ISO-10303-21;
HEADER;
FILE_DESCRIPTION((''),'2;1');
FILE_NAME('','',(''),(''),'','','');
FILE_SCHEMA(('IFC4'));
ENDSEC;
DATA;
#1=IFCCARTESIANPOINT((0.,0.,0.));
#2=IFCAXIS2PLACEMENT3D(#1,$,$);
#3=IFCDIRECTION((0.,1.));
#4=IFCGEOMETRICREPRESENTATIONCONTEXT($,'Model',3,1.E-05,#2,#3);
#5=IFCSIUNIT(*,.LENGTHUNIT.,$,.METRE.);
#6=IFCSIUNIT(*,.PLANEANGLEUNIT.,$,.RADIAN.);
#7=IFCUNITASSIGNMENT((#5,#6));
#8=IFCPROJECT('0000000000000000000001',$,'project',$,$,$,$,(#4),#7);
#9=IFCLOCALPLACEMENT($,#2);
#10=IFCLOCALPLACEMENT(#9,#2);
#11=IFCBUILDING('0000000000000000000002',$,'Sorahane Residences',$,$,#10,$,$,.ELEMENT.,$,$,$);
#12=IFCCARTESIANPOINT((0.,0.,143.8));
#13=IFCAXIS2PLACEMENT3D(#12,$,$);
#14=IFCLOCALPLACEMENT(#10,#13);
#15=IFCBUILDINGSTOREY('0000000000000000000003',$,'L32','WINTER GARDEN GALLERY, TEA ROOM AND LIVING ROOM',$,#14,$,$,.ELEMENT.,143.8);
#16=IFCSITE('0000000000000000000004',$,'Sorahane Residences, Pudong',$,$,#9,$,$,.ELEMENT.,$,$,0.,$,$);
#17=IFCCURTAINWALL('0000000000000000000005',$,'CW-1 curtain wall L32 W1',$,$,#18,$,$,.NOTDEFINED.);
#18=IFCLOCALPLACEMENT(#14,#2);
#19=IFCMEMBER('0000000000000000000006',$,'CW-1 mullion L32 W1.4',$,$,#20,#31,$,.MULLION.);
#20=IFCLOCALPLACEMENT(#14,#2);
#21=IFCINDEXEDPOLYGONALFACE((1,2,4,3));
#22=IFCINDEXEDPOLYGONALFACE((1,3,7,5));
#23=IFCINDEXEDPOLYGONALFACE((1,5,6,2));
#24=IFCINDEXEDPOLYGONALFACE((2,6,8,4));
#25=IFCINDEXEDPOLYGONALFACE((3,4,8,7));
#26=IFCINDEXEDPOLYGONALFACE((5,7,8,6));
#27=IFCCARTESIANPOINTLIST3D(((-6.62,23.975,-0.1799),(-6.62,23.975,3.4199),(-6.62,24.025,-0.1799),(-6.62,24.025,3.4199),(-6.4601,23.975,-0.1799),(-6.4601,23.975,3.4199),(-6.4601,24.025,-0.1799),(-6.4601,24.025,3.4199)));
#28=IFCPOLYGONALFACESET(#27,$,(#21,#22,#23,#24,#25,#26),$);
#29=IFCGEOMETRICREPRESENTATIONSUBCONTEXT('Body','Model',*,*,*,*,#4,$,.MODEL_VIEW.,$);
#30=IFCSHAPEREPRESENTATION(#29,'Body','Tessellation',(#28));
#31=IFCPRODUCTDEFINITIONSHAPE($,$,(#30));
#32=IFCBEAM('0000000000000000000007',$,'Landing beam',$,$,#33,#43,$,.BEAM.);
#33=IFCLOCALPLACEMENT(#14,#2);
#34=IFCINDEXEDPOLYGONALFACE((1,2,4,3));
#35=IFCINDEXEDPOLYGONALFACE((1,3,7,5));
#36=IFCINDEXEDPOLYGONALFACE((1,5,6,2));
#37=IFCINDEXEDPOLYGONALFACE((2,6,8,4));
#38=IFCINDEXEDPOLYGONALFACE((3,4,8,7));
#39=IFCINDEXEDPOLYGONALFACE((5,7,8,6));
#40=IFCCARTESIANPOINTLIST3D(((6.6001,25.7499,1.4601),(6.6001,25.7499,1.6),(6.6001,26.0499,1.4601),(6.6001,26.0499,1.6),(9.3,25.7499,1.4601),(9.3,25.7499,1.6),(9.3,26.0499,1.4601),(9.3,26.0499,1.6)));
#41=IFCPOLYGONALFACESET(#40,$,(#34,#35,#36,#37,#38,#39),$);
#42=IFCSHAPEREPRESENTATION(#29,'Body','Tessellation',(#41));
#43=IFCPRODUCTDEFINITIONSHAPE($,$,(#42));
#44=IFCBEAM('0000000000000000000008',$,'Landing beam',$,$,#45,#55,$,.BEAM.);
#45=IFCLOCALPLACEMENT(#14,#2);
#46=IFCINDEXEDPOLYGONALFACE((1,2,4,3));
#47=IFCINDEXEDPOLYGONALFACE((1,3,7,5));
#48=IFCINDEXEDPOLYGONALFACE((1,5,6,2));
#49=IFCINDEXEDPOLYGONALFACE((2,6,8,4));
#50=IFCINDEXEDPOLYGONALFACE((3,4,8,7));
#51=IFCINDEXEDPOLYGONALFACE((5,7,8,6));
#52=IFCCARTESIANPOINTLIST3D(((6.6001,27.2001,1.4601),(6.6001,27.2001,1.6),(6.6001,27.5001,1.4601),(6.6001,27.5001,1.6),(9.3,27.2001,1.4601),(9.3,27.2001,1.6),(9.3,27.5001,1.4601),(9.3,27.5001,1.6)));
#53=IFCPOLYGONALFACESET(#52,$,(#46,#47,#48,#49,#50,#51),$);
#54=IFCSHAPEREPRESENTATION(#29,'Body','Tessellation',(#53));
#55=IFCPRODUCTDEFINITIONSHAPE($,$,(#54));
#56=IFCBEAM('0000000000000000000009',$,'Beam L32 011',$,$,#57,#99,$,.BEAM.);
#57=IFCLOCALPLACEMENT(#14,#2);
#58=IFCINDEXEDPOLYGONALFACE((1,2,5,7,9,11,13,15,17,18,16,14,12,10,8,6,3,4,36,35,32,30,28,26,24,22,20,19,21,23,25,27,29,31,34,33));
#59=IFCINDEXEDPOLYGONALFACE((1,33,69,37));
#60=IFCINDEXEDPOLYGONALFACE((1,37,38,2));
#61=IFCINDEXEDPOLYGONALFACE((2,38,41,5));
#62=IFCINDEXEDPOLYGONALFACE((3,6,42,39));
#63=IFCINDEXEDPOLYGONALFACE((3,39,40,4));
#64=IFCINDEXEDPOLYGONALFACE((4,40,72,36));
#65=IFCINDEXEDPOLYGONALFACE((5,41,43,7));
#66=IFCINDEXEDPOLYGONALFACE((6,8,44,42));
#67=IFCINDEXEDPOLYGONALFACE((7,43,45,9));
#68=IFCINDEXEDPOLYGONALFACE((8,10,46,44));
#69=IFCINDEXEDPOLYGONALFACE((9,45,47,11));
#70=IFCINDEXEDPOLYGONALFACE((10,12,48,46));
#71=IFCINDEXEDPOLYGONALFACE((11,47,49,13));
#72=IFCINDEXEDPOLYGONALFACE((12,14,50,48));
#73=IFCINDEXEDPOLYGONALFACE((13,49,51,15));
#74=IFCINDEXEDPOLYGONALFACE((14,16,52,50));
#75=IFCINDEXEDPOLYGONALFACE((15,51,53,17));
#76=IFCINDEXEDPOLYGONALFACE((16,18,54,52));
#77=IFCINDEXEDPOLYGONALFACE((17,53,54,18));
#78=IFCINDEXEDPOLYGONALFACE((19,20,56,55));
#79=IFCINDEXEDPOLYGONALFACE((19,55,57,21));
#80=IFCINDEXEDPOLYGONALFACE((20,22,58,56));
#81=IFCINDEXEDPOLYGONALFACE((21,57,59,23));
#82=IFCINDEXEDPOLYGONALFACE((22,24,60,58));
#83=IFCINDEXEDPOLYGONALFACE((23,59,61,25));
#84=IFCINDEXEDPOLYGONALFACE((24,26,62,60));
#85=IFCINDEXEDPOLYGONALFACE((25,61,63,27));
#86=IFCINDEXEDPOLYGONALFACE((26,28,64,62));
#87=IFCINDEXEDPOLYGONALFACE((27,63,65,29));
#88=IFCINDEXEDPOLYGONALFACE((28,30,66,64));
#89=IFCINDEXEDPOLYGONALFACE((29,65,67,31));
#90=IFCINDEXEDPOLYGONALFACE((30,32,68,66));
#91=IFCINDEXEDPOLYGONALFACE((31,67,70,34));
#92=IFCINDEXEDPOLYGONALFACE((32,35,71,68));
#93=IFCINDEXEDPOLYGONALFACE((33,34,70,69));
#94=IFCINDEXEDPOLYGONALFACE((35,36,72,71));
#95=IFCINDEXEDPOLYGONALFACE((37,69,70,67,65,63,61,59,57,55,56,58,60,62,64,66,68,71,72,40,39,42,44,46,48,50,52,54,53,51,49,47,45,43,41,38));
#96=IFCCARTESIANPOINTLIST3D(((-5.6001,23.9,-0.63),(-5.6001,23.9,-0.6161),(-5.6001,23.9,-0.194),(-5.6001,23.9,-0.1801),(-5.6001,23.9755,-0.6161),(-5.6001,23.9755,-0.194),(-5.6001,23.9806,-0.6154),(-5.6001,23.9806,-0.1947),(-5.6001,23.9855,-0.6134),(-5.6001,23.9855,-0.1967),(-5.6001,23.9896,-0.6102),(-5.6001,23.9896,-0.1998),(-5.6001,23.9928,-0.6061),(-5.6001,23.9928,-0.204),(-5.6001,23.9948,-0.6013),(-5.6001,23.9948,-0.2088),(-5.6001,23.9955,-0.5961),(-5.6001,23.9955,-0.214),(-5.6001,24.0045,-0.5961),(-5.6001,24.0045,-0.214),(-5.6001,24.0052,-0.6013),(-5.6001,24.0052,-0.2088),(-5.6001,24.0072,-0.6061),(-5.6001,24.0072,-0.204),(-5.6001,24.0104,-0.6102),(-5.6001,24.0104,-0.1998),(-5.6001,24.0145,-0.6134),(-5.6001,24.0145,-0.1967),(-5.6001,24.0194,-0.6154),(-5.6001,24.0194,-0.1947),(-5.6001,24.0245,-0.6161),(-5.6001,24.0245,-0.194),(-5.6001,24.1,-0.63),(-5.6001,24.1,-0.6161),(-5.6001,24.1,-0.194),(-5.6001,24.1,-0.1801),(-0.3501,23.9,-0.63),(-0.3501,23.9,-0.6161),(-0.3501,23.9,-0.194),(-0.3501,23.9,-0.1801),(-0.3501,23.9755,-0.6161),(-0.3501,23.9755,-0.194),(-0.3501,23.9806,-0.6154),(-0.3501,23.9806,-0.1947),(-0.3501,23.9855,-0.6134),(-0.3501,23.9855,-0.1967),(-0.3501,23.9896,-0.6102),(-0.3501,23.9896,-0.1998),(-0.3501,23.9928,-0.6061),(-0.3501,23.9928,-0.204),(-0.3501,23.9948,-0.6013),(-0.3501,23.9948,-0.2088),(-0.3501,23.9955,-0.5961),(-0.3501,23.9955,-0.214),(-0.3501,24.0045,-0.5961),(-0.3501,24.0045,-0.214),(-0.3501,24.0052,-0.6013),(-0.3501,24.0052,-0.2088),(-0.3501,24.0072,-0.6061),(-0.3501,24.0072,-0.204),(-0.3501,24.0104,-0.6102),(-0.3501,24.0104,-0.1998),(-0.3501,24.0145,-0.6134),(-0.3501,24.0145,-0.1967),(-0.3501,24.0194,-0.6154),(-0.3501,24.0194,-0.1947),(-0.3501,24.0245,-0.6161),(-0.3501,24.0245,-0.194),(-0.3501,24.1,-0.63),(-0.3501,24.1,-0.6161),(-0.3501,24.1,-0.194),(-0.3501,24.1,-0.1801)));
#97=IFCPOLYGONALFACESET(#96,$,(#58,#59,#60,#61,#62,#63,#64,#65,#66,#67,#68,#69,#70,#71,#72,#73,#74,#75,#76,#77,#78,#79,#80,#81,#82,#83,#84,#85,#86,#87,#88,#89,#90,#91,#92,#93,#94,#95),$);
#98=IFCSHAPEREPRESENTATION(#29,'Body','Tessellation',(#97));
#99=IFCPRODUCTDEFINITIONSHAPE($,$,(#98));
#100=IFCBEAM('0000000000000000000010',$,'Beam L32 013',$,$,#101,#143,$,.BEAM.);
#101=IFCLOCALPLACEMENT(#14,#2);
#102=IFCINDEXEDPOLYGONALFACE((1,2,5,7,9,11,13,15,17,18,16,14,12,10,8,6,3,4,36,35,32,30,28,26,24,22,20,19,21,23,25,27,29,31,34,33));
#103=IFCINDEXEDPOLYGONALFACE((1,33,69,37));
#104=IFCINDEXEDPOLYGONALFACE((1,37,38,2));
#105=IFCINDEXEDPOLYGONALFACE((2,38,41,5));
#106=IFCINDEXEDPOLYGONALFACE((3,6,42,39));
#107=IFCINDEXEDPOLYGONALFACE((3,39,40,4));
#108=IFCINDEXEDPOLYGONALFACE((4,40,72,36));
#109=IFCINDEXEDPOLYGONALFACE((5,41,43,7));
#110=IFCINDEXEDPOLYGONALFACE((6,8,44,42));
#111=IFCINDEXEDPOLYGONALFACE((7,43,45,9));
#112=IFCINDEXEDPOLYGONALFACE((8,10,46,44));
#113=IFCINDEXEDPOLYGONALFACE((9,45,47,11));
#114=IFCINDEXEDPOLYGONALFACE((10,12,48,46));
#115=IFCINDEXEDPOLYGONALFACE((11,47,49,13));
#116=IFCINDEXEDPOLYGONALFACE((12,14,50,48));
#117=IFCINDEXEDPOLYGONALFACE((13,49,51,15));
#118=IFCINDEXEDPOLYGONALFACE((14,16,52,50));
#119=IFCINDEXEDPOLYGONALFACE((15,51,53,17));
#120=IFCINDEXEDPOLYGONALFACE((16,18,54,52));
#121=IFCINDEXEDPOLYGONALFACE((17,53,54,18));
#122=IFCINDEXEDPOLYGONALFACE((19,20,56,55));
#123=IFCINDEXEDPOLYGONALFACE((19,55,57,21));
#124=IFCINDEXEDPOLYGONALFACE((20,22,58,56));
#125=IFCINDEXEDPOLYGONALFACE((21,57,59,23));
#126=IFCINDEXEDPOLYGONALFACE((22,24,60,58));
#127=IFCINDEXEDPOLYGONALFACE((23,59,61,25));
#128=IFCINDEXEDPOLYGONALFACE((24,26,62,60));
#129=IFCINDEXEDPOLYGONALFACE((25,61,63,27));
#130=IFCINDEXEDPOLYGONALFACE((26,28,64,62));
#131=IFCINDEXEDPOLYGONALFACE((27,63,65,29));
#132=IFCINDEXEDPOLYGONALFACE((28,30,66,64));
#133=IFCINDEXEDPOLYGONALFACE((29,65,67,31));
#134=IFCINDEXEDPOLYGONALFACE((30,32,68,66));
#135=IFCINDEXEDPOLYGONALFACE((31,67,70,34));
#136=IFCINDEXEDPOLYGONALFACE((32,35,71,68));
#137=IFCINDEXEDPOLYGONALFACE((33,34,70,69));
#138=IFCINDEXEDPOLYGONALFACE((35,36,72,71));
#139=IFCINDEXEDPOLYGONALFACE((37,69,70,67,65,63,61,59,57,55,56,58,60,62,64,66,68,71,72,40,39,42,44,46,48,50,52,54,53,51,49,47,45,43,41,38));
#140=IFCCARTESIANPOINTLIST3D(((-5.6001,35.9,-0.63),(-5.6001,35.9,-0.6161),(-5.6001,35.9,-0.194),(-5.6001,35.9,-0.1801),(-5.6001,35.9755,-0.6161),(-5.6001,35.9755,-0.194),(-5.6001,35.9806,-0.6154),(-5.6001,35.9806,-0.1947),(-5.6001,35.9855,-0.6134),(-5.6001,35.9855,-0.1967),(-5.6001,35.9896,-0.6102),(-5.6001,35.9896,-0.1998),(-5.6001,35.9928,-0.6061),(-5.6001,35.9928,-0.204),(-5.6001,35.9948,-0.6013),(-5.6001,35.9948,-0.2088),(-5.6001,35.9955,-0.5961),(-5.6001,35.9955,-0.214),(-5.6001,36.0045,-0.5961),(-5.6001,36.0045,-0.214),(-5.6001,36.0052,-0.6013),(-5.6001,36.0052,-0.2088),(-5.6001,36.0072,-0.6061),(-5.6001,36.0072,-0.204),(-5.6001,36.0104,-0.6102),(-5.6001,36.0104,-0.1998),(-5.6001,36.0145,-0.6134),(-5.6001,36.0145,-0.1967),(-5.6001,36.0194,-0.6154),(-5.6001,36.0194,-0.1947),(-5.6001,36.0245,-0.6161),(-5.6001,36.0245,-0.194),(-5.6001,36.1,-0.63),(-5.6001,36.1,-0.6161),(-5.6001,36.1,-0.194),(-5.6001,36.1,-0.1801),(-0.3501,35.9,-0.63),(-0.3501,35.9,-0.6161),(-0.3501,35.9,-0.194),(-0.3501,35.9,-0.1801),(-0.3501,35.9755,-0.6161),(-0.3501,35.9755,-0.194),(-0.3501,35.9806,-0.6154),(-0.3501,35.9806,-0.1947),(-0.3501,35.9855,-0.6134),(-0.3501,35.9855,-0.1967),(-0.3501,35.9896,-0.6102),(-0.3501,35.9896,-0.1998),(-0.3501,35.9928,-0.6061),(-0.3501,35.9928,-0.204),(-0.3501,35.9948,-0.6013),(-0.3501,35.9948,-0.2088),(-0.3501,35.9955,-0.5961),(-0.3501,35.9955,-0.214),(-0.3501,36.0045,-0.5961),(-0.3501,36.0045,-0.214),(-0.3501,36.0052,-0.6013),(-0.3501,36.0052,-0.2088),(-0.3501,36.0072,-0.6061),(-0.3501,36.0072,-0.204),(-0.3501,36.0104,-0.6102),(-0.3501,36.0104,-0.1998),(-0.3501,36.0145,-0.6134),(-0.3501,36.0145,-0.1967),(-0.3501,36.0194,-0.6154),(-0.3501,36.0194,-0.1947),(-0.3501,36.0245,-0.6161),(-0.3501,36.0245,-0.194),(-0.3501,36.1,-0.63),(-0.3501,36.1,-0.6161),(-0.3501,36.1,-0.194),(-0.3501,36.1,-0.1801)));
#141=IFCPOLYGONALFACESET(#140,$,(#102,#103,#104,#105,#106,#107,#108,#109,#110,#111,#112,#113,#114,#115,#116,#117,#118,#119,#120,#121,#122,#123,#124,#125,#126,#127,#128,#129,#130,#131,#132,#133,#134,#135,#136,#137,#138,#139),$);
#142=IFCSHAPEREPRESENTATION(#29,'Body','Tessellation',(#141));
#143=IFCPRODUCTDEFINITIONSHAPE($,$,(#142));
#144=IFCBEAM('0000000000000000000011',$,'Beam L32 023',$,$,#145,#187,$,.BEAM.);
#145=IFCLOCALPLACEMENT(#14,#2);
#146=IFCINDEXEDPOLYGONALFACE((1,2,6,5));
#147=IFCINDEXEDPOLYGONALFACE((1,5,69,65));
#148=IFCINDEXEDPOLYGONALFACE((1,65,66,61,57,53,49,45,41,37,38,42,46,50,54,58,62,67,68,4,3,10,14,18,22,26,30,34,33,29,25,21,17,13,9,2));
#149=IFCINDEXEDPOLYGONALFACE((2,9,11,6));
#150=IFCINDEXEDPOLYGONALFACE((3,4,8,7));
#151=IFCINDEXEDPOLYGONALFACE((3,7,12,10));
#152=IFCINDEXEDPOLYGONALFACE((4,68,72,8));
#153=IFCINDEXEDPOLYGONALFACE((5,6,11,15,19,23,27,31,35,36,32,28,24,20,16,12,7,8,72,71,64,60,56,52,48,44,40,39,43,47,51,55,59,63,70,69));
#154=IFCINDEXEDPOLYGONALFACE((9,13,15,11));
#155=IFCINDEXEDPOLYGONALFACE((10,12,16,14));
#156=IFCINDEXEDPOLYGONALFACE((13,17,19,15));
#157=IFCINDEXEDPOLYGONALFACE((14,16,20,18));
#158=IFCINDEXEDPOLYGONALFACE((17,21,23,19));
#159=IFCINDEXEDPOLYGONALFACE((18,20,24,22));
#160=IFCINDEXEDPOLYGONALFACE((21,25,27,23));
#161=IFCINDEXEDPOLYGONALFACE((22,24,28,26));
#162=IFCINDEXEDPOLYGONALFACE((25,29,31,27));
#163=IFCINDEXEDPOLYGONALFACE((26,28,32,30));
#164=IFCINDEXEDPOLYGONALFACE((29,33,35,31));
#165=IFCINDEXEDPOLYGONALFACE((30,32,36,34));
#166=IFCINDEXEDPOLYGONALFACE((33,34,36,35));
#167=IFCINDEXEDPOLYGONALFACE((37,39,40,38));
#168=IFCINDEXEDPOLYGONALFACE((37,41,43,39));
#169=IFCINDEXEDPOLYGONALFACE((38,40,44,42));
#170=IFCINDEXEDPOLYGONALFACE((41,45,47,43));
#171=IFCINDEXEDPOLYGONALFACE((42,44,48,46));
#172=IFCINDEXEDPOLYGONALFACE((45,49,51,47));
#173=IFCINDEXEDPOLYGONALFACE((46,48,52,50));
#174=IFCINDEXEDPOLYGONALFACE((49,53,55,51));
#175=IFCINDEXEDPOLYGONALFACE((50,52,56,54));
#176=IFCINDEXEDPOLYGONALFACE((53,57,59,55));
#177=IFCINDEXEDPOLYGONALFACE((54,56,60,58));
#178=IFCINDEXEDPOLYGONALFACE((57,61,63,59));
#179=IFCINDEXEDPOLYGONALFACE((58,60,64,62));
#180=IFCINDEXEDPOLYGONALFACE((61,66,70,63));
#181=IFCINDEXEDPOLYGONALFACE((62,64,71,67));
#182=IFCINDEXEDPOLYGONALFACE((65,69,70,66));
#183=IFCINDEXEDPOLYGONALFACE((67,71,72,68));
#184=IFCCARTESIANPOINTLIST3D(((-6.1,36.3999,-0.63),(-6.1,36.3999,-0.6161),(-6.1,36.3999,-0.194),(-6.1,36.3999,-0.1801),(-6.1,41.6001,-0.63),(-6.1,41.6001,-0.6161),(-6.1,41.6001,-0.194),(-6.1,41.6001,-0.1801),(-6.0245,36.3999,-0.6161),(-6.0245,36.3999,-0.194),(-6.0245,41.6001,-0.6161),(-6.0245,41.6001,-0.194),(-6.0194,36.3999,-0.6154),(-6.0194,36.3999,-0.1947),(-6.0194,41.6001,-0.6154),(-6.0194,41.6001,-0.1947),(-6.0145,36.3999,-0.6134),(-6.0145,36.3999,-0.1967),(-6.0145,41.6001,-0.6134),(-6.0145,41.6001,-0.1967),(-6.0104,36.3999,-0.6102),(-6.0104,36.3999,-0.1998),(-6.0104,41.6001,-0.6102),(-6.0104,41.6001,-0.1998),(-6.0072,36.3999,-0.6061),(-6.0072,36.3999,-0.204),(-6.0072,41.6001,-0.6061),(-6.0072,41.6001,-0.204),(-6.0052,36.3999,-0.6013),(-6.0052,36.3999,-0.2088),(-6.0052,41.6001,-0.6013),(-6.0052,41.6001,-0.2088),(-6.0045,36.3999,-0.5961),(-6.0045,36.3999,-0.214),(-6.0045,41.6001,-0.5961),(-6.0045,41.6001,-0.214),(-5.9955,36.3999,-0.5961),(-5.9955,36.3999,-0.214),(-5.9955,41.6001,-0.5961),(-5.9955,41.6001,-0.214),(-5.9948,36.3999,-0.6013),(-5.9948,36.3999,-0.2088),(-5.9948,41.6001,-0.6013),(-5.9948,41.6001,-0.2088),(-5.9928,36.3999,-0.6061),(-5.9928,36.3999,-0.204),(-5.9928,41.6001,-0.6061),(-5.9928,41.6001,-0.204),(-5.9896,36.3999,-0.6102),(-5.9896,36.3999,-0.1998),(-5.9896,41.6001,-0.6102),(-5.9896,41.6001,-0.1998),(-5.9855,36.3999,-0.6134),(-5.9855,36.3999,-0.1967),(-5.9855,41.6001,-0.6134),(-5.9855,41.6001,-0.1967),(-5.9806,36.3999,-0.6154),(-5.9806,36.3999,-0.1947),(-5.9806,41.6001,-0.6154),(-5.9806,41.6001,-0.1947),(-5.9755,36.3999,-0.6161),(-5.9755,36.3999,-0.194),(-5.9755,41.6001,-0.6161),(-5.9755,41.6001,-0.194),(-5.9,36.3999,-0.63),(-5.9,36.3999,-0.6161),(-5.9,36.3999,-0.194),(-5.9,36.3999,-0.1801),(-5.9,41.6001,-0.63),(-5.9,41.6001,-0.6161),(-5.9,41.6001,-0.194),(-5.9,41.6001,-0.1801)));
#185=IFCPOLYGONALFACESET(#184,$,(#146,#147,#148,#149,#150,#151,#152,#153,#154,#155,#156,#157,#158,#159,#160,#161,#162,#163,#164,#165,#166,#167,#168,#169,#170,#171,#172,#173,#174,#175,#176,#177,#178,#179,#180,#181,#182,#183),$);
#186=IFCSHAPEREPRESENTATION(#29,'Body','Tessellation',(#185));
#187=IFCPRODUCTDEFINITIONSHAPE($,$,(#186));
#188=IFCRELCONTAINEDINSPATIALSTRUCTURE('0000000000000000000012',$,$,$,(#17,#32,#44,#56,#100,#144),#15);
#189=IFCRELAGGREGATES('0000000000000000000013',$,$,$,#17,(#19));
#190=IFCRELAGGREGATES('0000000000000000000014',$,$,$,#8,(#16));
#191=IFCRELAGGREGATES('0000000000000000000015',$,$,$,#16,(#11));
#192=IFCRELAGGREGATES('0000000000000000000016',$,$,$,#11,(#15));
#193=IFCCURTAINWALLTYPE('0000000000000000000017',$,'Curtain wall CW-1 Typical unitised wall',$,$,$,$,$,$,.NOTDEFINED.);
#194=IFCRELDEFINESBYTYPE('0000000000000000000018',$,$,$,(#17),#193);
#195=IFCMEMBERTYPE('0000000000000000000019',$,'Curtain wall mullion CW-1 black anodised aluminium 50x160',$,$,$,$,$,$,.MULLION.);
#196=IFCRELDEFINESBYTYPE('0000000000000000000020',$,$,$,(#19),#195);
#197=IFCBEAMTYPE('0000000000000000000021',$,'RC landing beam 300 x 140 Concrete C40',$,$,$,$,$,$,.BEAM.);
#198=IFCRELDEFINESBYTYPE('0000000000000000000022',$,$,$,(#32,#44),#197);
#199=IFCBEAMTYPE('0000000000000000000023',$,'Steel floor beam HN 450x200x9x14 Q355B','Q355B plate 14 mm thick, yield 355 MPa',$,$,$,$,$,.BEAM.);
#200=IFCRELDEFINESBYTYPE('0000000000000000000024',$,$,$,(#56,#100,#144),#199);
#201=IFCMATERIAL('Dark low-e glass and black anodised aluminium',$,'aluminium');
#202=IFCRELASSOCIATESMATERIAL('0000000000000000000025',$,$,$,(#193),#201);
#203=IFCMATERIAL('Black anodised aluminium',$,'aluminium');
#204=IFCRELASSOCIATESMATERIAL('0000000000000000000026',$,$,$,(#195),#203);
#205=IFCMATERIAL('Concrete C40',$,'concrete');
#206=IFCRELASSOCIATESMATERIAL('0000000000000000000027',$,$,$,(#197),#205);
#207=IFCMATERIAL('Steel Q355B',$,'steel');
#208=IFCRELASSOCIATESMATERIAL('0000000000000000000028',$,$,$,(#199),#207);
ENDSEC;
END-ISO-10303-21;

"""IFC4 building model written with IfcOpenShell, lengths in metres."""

from ifc_helpers import new_model, si_unit, direction, frame, origin, origin_2d, place, context, subcontext, project, spatial, rectangle, i_section, extrude, material, material_profile, profile_set, type_object, element, aggregate, save


model = new_model("IFC4")

# Units and contexts
model_context = context("Model", 3, precision=1e-05, world=origin(), true_north=direction((0.0, 1.0)))
body_context = subcontext(model_context, "Body", "Model", "MODEL_VIEW")
ifc_project = project(units=[si_unit("LENGTHUNIT", "METRE"), si_unit("PLANEANGLEUNIT", "RADIAN")], contexts=[model_context])

# Site, building, storey
site_placement = place(None, origin())
site = spatial("IfcSite", under=ifc_project, at=site_placement, Name="Sorahane Residences, Pudong", CompositionType="ELEMENT", RefElevation=0.0)
building_placement = place(site_placement, origin())
building = spatial("IfcBuilding", under=site, at=building_placement, Name="Sorahane Residences", CompositionType="ELEMENT")
storey_placement = place(building_placement, frame((0.0, 0.0, 143.8)))
storey = spatial("IfcBuildingStorey", under=building, at=storey_placement, Name="L32", Description="WINTER GARDEN GALLERY, TEA ROOM AND LIVING ROOM", CompositionType="ELEMENT", Elevation=143.8)

# Curtain wall, member
ifc_material_1 = material(Name="Dark low-e glass and black anodised aluminium", Category="aluminium")
curtain_wall_type = type_object("IfcCurtainWallType", Name="Curtain wall CW-1 Typical unitised wall", PredefinedType="NOTDEFINED", material=ifc_material_1)
curtain_wall_placement = place(storey_placement, origin())
curtain_wall = element("IfcCurtainWall", 1, at=curtain_wall_placement, inside=storey, type_object=curtain_wall_type, Name="CW-1 curtain wall L32 W1", PredefinedType="NOTDEFINED")
ifc_material_2 = material(Name="Black anodised aluminium", Category="aluminium")
ifc_material_profile_1 = material_profile(ifc_material_2, rectangle(XDim=0.1599, YDim=0.05, at=origin_2d()), Name="Curtain wall mullion CW-1 black anodised aluminium 50x160")
ifc_profile_set_1 = profile_set([ifc_material_profile_1], Name="Black anodised aluminium")
member_type_1 = type_object("IfcMemberType", Name="Curtain wall mullion CW-1 black anodised aluminium 50x160", PredefinedType="MULLION", material=ifc_profile_set_1)
member_1_placement = place(storey_placement, frame((-6.54, 24.0, -0.1799), z_axis=(0.0, 0.0, 1.0), x_axis=(-1.0, 0.0, 0.0)))
member_1 = element("IfcMember", 2, at=member_1_placement, type_object=member_type_1, Name="CW-1 mullion L32 W1.4", PredefinedType="MULLION", context=body_context, shape_type="SweptSolid", body=[
    extrude(rectangle(XDim=0.1599, YDim=0.05, at=origin_2d()), origin(), (0.0, 0.0, 1.0), 3.5999),
])

# Beams
ifc_material_3 = material(Name="Concrete C40", Category="concrete")
ifc_material_profile_2 = material_profile(ifc_material_3, rectangle(XDim=0.3, YDim=0.1399, at=origin_2d()), Name="300x140")
ifc_profile_set_2 = profile_set([ifc_material_profile_2], Name="Concrete C40")
beam_type_1 = type_object("IfcBeamType", Name="RC landing beam 300 x 140 Concrete C40", PredefinedType="BEAM", material=ifc_profile_set_2)
for number, where, z_axis, x_axis, name in (
    (3, (6.6001, 25.8999, 1.53), (1.0, 0.0, 0.0), (0.0, 1.0, 0.0), "Landing beam"),
    (4, (6.6001, 27.3501, 1.53), (1.0, 0.0, 0.0), (0.0, 1.0, 0.0), "Landing beam"),
):
    element("IfcBeam", number, at=place(storey_placement, frame(where, z_axis=z_axis, x_axis=x_axis)), inside=storey, type_object=beam_type_1, Name=name, PredefinedType="BEAM", context=body_context, shape_type="SweptSolid", body=[
        extrude(rectangle(XDim=0.3, YDim=0.1399, at=origin_2d()), origin(), (0.0, 0.0, 1.0), 2.7),
    ])
ifc_material_4 = material(Name="Steel Q355B", Category="steel")
ifc_material_profile_3 = material_profile(ifc_material_4, i_section(OverallWidth=0.2, OverallDepth=0.45, WebThickness=0.009, FlangeThickness=0.0139, FilletRadius=0.02, at=origin_2d()), Name="HN 450x200x9x14")
ifc_profile_set_3 = profile_set([ifc_material_profile_3], Name="Steel Q355B")
beam_type_2 = type_object("IfcBeamType", Name="Steel floor beam HN 450x200x9x14 Q355B", Description="Q355B plate 14 mm thick, yield 355 MPa", PredefinedType="BEAM", material=ifc_profile_set_3)
for number, where, z_axis, x_axis, name in (
    (5, (-5.6001, 24.0, -0.405), (1.0, 0.0, 0.0), (0.0, 1.0, 0.0), "Beam L32 011"),
    (6, (-5.6001, 36.0, -0.405), (1.0, 0.0, 0.0), (0.0, 1.0, 0.0), "Beam L32 013"),
):
    element("IfcBeam", number, at=place(storey_placement, frame(where, z_axis=z_axis, x_axis=x_axis)), inside=storey, type_object=beam_type_2, Name=name, PredefinedType="BEAM", context=body_context, shape_type="SweptSolid", body=[
        extrude(i_section(OverallWidth=0.2, OverallDepth=0.45, WebThickness=0.009, FlangeThickness=0.0139, FilletRadius=0.02, at=origin_2d()), origin(), (0.0, 0.0, 1.0), 5.25),
    ])
beam_1_placement = place(storey_placement, frame((-6.0, 36.3999, -0.405), z_axis=(0.0, 1.0, 0.0), x_axis=(-1.0, 0.0, 0.0)))
element("IfcBeam", 7, at=beam_1_placement, inside=storey, type_object=beam_type_2, Name="Beam L32 023", PredefinedType="BEAM", context=body_context, shape_type="SweptSolid", body=[
    extrude(i_section(OverallWidth=0.2, OverallDepth=0.45, WebThickness=0.009, FlangeThickness=0.0139, FilletRadius=0.02, at=origin_2d()), origin(), (0.0, 0.0, 1.0), 5.2002),
])

aggregate(curtain_wall, [member_1])

save(model, "model.ifc")
